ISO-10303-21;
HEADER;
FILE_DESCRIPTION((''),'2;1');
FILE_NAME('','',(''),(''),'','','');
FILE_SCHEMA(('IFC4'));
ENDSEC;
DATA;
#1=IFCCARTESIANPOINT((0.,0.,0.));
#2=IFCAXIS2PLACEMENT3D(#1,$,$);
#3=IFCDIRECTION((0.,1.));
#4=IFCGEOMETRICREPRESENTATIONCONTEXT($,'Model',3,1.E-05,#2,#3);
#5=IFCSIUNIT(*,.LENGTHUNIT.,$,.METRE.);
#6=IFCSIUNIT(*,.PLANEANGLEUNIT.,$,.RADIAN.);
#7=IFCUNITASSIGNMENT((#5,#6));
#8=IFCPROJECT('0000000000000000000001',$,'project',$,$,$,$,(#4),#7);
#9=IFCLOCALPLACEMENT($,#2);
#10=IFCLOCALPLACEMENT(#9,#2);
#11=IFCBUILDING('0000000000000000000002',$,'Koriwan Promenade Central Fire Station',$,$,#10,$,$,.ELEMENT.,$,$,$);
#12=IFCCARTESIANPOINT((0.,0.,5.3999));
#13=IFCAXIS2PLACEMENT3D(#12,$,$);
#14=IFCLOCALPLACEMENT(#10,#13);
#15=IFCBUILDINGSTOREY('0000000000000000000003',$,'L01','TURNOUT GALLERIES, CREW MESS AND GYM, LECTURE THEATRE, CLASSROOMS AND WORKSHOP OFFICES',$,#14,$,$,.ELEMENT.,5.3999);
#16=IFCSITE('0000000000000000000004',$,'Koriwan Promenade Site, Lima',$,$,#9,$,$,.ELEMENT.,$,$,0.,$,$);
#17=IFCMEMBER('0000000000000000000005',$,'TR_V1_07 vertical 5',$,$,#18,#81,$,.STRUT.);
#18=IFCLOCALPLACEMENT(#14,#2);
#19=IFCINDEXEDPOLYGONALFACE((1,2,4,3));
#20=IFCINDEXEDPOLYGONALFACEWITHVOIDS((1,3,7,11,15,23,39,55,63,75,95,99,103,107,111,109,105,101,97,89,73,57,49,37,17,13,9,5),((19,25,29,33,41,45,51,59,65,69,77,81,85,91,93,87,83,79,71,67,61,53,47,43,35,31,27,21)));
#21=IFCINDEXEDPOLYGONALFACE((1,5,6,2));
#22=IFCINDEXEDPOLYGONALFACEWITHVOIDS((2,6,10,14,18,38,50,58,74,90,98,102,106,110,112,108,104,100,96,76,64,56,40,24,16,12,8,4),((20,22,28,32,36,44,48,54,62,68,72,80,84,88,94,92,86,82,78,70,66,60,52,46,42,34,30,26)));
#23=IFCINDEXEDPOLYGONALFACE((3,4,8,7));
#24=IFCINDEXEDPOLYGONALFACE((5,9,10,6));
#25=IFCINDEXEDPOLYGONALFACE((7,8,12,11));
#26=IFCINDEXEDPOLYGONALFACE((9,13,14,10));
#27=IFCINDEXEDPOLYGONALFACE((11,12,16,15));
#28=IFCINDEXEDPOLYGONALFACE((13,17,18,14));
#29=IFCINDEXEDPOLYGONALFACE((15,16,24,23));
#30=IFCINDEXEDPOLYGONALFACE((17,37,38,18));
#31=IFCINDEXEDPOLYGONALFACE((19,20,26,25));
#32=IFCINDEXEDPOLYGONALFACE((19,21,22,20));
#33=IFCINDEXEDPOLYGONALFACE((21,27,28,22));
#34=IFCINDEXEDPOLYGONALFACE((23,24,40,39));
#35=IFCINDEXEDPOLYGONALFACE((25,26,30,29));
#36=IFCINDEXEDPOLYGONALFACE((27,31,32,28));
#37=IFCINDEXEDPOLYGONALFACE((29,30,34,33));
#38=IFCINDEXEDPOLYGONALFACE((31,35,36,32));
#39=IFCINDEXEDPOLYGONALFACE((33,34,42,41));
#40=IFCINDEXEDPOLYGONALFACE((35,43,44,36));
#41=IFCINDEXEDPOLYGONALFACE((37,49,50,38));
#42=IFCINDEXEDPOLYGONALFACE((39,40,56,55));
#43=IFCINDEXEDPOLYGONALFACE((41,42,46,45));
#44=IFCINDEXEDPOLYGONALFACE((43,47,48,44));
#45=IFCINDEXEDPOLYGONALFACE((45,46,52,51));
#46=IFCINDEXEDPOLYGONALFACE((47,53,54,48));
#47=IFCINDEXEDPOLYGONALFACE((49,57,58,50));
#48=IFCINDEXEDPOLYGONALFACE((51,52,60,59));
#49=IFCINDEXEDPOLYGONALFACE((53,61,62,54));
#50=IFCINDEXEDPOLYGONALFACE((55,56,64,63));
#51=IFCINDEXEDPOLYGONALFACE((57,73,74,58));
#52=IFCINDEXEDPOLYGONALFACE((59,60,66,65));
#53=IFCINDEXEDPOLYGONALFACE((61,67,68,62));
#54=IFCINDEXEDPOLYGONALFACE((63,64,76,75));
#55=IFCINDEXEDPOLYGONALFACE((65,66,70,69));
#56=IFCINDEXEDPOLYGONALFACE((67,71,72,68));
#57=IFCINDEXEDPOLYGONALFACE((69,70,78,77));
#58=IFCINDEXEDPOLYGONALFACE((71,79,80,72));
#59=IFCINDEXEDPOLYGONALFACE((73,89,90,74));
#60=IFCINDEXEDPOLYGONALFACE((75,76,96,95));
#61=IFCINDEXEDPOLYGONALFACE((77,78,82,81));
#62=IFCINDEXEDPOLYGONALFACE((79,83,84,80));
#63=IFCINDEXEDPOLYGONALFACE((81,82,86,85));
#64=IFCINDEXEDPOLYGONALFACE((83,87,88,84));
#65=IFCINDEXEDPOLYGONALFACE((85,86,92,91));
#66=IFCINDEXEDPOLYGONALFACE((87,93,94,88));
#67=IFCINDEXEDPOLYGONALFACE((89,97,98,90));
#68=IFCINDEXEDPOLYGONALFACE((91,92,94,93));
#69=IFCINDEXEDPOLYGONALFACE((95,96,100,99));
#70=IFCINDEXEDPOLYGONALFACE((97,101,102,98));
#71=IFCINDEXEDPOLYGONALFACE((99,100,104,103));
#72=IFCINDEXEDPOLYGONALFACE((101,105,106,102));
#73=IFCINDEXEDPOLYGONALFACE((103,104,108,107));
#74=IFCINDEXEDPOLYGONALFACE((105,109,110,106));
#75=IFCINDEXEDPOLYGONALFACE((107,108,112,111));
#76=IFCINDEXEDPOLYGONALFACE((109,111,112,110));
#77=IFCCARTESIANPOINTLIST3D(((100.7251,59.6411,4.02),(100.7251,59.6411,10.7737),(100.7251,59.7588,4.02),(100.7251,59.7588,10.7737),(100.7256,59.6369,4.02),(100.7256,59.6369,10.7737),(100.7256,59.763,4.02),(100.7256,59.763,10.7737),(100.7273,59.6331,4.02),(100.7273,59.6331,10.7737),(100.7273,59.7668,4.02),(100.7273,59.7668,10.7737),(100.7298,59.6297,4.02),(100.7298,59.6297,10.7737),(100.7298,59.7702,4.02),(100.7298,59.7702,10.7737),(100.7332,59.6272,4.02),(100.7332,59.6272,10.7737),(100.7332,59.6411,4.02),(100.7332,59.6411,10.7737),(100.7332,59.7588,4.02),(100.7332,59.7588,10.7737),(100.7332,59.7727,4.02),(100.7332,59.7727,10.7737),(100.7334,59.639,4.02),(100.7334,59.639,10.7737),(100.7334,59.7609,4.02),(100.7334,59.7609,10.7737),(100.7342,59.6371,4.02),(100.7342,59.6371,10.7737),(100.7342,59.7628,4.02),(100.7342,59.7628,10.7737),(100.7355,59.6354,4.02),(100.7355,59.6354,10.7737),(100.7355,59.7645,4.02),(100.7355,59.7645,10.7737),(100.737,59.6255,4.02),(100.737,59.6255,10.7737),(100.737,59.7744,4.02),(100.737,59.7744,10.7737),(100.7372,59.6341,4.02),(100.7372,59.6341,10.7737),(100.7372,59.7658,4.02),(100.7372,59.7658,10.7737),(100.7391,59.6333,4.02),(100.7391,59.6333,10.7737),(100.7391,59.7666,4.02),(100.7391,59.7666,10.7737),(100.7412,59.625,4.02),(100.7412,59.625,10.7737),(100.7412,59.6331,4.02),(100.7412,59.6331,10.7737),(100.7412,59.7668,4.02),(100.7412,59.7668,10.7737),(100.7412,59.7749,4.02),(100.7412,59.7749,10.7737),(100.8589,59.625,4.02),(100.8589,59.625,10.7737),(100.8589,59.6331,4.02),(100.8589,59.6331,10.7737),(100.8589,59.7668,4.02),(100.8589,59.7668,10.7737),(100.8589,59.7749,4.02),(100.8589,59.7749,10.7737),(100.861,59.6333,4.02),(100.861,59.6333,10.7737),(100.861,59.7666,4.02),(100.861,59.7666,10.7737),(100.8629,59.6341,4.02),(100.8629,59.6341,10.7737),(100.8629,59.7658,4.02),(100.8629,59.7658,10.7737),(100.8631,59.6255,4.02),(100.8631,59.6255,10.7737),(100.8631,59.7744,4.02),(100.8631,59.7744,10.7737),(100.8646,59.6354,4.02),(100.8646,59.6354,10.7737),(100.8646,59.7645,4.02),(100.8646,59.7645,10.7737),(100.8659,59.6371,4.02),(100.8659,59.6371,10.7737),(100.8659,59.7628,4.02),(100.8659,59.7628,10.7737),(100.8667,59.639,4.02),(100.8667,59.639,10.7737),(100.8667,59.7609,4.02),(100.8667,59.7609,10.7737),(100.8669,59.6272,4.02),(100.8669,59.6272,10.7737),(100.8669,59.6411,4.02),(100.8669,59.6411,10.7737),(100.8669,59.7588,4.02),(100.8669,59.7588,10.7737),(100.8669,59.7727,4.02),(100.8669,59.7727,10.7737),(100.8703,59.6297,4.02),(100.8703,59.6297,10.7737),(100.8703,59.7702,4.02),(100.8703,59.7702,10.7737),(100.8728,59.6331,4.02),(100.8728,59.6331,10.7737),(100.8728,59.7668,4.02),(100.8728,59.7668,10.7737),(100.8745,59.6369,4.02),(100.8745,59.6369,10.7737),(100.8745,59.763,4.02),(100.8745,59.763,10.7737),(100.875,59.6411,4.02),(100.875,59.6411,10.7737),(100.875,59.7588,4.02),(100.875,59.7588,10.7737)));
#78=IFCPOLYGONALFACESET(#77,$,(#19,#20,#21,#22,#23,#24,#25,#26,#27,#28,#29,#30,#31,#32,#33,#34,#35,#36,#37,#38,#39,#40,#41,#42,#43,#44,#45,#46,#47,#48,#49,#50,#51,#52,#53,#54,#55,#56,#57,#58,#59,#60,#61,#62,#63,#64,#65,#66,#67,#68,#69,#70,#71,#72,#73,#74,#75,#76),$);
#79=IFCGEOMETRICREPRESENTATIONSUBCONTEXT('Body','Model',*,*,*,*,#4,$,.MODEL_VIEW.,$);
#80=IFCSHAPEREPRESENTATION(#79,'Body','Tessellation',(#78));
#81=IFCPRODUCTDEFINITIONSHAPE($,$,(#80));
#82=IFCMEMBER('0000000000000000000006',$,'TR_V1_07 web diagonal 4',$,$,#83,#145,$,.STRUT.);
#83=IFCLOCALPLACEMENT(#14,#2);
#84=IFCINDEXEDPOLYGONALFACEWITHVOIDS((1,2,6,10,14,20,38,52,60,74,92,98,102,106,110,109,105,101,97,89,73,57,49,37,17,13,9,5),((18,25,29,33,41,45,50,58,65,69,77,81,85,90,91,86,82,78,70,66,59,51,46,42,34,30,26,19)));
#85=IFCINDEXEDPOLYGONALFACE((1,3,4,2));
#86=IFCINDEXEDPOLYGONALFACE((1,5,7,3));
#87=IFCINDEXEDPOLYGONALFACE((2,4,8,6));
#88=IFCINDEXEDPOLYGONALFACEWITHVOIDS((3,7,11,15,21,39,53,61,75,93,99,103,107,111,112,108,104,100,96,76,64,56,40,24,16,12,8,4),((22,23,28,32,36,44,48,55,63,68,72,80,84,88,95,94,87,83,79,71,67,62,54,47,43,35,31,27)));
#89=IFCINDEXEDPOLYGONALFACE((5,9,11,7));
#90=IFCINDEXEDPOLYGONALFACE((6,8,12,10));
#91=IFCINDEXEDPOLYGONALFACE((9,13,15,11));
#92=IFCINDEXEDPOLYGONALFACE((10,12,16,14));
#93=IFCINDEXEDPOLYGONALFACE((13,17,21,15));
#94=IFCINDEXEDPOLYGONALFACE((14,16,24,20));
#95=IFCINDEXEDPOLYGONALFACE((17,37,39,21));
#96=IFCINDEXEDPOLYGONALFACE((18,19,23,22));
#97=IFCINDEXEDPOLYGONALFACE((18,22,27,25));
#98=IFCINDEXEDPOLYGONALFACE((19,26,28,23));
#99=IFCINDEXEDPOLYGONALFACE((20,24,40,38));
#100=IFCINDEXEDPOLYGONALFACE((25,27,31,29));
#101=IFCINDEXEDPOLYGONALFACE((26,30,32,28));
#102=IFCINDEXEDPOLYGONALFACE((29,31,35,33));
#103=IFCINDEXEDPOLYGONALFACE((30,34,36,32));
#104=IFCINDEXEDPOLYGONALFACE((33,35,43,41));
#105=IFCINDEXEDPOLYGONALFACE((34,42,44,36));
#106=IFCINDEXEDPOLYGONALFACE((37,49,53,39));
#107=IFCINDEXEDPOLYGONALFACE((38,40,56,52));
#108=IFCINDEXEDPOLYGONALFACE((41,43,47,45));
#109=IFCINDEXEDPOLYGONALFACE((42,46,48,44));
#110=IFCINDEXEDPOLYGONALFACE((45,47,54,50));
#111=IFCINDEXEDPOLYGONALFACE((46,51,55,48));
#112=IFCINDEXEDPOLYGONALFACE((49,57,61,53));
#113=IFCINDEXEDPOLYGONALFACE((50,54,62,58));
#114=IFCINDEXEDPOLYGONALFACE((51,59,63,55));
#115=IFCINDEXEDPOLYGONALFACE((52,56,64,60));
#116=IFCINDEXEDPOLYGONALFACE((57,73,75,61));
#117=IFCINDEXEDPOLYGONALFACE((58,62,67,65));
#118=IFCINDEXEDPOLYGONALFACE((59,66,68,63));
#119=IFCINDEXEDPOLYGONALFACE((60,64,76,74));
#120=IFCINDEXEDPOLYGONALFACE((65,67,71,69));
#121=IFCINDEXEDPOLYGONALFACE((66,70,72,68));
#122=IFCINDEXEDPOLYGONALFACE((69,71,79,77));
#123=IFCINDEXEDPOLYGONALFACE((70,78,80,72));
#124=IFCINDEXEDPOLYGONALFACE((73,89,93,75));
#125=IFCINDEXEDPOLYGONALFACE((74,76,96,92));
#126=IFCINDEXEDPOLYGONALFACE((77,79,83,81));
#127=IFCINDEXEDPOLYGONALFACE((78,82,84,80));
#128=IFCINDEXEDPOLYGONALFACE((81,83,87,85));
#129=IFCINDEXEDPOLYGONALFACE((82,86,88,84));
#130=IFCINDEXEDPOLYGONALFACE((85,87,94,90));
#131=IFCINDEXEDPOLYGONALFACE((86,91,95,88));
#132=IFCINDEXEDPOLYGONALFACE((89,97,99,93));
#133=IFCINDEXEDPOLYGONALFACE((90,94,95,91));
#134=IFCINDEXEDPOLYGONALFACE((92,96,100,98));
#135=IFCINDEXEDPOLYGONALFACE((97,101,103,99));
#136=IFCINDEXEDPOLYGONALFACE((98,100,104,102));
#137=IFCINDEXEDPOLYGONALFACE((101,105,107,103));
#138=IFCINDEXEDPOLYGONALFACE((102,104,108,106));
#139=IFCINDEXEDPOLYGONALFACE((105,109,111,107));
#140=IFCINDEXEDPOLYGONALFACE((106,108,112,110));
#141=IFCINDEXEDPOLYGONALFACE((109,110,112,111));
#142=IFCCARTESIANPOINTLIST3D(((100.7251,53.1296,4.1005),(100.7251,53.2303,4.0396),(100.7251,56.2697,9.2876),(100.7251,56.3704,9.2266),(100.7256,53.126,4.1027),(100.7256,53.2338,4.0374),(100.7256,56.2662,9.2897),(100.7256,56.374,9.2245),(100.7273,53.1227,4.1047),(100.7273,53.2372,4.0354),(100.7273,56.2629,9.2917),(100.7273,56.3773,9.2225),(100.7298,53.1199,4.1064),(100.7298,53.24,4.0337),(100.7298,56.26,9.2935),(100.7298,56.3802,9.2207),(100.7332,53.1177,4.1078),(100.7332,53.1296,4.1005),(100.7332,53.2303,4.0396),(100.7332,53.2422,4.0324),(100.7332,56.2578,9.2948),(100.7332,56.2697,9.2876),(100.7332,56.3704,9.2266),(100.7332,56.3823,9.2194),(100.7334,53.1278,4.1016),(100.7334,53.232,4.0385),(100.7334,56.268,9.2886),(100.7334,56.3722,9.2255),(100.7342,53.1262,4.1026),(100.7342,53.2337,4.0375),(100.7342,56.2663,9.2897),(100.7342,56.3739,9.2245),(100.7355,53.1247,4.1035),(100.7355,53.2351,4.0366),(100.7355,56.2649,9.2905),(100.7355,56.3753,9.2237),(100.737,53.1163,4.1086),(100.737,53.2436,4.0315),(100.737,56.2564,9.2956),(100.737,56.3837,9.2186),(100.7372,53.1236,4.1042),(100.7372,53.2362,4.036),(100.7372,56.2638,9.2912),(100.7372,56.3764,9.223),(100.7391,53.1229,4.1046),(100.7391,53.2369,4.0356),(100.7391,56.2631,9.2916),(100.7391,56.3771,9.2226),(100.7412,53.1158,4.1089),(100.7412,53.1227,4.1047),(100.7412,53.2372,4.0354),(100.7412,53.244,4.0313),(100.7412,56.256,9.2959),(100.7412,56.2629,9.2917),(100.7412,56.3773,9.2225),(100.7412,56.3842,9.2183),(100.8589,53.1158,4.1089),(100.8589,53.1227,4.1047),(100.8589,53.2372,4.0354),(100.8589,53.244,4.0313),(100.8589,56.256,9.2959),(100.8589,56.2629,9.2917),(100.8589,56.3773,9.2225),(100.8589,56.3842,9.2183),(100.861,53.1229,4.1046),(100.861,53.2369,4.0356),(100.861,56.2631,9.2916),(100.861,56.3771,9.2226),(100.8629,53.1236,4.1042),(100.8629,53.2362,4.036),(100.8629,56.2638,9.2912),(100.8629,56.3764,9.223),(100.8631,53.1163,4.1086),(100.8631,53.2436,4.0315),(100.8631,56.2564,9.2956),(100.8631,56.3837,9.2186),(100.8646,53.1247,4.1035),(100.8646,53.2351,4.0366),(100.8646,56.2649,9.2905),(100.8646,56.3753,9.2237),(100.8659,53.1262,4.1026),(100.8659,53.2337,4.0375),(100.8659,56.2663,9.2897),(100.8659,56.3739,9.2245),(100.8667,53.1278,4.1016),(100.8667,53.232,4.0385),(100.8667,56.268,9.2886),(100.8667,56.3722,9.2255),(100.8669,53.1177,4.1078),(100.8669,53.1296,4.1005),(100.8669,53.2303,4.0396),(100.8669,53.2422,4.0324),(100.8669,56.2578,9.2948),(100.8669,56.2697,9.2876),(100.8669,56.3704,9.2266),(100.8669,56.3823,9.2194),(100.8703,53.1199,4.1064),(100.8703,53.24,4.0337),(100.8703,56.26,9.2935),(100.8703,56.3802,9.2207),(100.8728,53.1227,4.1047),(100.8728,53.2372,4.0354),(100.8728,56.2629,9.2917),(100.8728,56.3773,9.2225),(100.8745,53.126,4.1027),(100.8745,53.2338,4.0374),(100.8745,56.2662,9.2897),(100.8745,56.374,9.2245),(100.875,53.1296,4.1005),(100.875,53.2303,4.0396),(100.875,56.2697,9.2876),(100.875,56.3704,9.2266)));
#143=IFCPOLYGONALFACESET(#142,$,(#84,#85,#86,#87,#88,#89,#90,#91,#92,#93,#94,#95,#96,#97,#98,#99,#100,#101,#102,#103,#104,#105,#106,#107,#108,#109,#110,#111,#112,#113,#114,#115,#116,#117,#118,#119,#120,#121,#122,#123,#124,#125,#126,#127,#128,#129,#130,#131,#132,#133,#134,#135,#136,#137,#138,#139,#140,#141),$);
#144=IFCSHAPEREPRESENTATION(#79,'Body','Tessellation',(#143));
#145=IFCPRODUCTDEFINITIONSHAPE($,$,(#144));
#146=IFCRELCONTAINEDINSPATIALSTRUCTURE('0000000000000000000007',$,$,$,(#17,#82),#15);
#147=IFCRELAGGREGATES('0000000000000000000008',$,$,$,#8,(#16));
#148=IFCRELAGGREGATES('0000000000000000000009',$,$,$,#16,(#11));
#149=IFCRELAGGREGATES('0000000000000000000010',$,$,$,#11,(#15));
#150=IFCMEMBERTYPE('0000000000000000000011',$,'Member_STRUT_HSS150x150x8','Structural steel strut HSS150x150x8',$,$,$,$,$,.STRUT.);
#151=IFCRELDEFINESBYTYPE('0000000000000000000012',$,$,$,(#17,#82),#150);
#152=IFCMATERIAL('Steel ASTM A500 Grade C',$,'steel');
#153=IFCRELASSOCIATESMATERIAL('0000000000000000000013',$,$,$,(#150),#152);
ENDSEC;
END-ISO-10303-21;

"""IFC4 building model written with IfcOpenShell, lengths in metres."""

from ifc_helpers import new_model, si_unit, direction, frame, origin, origin_2d, place, context, subcontext, project, spatial, hollow_rectangle, extrude, material, material_profile, profile_set, type_object, element, save


model = new_model("IFC4")

# Units and contexts
model_context = context("Model", 3, precision=1e-05, world=origin(), true_north=direction((0.0, 1.0)))
body_context = subcontext(model_context, "Body", "Model", "MODEL_VIEW")
ifc_project = project(units=[si_unit("LENGTHUNIT", "METRE"), si_unit("PLANEANGLEUNIT", "RADIAN")], contexts=[model_context])

# Site, building, storey
site_placement = place(None, origin())
site = spatial("IfcSite", under=ifc_project, at=site_placement, Name="Koriwan Promenade Site, Lima", CompositionType="ELEMENT", RefElevation=0.0)
building_placement = place(site_placement, origin())
building = spatial("IfcBuilding", under=site, at=building_placement, Name="Koriwan Promenade Central Fire Station", CompositionType="ELEMENT")
storey_placement = place(building_placement, frame((0.0, 0.0, 5.3999)))
storey = spatial("IfcBuildingStorey", under=building, at=storey_placement, Name="L01", Description="TURNOUT GALLERIES, CREW MESS AND GYM, LECTURE THEATRE, CLASSROOMS AND WORKSHOP OFFICES", CompositionType="ELEMENT", Elevation=5.3999)

# Members
ifc_material_1 = material(Name="Steel ASTM A500 Grade C", Category="steel")
ifc_material_profile_1 = material_profile(ifc_material_1, hollow_rectangle(XDim=0.1499, YDim=0.1499, WallThickness=0.0081, InnerFilletRadius=0.0081, OuterFilletRadius=0.0161, at=origin_2d()), Name="HSS150x150x8")
ifc_profile_set_1 = profile_set([ifc_material_profile_1], Name="Steel ASTM A500 Grade C")
member_type = type_object("IfcMemberType", Name="Member_STRUT_HSS150x150x8", Description="Structural steel strut HSS150x150x8", PredefinedType="STRUT", material=ifc_profile_set_1)
member_1_placement = place(storey_placement, frame((100.8, 59.7, 4.02), z_axis=(0.0, 0.0, 1.0), x_axis=(1.0, 0.0, 0.0)))
element("IfcMember", 1, at=member_1_placement, inside=storey, type_object=member_type, Name="TR_V1_07 vertical 5", PredefinedType="STRUT", context=body_context, shape_type="SweptSolid", body=[
    extrude(hollow_rectangle(XDim=0.1499, YDim=0.1499, WallThickness=0.0081, InnerFilletRadius=0.0081, OuterFilletRadius=0.0161, at=origin_2d()), origin(), (0.0, 0.0, 1.0), 6.7537),
])
member_2_placement = place(storey_placement, frame((100.8, 53.1799, 4.0701), z_axis=(0.0, 0.517879, 0.855454), x_axis=(-1.0, 0.0, 0.0)))
element("IfcMember", 2, at=member_2_placement, inside=storey, type_object=member_type, Name="TR_V1_07 web diagonal 4", PredefinedType="STRUT", context=body_context, shape_type="SweptSolid", body=[
    extrude(hollow_rectangle(XDim=0.1499, YDim=0.1499, WallThickness=0.0081, InnerFilletRadius=0.0081, OuterFilletRadius=0.0161, at=origin_2d()), origin(), (0.0, 0.0, 1.0), 6.0635),
])

save(model, "model.ifc")
